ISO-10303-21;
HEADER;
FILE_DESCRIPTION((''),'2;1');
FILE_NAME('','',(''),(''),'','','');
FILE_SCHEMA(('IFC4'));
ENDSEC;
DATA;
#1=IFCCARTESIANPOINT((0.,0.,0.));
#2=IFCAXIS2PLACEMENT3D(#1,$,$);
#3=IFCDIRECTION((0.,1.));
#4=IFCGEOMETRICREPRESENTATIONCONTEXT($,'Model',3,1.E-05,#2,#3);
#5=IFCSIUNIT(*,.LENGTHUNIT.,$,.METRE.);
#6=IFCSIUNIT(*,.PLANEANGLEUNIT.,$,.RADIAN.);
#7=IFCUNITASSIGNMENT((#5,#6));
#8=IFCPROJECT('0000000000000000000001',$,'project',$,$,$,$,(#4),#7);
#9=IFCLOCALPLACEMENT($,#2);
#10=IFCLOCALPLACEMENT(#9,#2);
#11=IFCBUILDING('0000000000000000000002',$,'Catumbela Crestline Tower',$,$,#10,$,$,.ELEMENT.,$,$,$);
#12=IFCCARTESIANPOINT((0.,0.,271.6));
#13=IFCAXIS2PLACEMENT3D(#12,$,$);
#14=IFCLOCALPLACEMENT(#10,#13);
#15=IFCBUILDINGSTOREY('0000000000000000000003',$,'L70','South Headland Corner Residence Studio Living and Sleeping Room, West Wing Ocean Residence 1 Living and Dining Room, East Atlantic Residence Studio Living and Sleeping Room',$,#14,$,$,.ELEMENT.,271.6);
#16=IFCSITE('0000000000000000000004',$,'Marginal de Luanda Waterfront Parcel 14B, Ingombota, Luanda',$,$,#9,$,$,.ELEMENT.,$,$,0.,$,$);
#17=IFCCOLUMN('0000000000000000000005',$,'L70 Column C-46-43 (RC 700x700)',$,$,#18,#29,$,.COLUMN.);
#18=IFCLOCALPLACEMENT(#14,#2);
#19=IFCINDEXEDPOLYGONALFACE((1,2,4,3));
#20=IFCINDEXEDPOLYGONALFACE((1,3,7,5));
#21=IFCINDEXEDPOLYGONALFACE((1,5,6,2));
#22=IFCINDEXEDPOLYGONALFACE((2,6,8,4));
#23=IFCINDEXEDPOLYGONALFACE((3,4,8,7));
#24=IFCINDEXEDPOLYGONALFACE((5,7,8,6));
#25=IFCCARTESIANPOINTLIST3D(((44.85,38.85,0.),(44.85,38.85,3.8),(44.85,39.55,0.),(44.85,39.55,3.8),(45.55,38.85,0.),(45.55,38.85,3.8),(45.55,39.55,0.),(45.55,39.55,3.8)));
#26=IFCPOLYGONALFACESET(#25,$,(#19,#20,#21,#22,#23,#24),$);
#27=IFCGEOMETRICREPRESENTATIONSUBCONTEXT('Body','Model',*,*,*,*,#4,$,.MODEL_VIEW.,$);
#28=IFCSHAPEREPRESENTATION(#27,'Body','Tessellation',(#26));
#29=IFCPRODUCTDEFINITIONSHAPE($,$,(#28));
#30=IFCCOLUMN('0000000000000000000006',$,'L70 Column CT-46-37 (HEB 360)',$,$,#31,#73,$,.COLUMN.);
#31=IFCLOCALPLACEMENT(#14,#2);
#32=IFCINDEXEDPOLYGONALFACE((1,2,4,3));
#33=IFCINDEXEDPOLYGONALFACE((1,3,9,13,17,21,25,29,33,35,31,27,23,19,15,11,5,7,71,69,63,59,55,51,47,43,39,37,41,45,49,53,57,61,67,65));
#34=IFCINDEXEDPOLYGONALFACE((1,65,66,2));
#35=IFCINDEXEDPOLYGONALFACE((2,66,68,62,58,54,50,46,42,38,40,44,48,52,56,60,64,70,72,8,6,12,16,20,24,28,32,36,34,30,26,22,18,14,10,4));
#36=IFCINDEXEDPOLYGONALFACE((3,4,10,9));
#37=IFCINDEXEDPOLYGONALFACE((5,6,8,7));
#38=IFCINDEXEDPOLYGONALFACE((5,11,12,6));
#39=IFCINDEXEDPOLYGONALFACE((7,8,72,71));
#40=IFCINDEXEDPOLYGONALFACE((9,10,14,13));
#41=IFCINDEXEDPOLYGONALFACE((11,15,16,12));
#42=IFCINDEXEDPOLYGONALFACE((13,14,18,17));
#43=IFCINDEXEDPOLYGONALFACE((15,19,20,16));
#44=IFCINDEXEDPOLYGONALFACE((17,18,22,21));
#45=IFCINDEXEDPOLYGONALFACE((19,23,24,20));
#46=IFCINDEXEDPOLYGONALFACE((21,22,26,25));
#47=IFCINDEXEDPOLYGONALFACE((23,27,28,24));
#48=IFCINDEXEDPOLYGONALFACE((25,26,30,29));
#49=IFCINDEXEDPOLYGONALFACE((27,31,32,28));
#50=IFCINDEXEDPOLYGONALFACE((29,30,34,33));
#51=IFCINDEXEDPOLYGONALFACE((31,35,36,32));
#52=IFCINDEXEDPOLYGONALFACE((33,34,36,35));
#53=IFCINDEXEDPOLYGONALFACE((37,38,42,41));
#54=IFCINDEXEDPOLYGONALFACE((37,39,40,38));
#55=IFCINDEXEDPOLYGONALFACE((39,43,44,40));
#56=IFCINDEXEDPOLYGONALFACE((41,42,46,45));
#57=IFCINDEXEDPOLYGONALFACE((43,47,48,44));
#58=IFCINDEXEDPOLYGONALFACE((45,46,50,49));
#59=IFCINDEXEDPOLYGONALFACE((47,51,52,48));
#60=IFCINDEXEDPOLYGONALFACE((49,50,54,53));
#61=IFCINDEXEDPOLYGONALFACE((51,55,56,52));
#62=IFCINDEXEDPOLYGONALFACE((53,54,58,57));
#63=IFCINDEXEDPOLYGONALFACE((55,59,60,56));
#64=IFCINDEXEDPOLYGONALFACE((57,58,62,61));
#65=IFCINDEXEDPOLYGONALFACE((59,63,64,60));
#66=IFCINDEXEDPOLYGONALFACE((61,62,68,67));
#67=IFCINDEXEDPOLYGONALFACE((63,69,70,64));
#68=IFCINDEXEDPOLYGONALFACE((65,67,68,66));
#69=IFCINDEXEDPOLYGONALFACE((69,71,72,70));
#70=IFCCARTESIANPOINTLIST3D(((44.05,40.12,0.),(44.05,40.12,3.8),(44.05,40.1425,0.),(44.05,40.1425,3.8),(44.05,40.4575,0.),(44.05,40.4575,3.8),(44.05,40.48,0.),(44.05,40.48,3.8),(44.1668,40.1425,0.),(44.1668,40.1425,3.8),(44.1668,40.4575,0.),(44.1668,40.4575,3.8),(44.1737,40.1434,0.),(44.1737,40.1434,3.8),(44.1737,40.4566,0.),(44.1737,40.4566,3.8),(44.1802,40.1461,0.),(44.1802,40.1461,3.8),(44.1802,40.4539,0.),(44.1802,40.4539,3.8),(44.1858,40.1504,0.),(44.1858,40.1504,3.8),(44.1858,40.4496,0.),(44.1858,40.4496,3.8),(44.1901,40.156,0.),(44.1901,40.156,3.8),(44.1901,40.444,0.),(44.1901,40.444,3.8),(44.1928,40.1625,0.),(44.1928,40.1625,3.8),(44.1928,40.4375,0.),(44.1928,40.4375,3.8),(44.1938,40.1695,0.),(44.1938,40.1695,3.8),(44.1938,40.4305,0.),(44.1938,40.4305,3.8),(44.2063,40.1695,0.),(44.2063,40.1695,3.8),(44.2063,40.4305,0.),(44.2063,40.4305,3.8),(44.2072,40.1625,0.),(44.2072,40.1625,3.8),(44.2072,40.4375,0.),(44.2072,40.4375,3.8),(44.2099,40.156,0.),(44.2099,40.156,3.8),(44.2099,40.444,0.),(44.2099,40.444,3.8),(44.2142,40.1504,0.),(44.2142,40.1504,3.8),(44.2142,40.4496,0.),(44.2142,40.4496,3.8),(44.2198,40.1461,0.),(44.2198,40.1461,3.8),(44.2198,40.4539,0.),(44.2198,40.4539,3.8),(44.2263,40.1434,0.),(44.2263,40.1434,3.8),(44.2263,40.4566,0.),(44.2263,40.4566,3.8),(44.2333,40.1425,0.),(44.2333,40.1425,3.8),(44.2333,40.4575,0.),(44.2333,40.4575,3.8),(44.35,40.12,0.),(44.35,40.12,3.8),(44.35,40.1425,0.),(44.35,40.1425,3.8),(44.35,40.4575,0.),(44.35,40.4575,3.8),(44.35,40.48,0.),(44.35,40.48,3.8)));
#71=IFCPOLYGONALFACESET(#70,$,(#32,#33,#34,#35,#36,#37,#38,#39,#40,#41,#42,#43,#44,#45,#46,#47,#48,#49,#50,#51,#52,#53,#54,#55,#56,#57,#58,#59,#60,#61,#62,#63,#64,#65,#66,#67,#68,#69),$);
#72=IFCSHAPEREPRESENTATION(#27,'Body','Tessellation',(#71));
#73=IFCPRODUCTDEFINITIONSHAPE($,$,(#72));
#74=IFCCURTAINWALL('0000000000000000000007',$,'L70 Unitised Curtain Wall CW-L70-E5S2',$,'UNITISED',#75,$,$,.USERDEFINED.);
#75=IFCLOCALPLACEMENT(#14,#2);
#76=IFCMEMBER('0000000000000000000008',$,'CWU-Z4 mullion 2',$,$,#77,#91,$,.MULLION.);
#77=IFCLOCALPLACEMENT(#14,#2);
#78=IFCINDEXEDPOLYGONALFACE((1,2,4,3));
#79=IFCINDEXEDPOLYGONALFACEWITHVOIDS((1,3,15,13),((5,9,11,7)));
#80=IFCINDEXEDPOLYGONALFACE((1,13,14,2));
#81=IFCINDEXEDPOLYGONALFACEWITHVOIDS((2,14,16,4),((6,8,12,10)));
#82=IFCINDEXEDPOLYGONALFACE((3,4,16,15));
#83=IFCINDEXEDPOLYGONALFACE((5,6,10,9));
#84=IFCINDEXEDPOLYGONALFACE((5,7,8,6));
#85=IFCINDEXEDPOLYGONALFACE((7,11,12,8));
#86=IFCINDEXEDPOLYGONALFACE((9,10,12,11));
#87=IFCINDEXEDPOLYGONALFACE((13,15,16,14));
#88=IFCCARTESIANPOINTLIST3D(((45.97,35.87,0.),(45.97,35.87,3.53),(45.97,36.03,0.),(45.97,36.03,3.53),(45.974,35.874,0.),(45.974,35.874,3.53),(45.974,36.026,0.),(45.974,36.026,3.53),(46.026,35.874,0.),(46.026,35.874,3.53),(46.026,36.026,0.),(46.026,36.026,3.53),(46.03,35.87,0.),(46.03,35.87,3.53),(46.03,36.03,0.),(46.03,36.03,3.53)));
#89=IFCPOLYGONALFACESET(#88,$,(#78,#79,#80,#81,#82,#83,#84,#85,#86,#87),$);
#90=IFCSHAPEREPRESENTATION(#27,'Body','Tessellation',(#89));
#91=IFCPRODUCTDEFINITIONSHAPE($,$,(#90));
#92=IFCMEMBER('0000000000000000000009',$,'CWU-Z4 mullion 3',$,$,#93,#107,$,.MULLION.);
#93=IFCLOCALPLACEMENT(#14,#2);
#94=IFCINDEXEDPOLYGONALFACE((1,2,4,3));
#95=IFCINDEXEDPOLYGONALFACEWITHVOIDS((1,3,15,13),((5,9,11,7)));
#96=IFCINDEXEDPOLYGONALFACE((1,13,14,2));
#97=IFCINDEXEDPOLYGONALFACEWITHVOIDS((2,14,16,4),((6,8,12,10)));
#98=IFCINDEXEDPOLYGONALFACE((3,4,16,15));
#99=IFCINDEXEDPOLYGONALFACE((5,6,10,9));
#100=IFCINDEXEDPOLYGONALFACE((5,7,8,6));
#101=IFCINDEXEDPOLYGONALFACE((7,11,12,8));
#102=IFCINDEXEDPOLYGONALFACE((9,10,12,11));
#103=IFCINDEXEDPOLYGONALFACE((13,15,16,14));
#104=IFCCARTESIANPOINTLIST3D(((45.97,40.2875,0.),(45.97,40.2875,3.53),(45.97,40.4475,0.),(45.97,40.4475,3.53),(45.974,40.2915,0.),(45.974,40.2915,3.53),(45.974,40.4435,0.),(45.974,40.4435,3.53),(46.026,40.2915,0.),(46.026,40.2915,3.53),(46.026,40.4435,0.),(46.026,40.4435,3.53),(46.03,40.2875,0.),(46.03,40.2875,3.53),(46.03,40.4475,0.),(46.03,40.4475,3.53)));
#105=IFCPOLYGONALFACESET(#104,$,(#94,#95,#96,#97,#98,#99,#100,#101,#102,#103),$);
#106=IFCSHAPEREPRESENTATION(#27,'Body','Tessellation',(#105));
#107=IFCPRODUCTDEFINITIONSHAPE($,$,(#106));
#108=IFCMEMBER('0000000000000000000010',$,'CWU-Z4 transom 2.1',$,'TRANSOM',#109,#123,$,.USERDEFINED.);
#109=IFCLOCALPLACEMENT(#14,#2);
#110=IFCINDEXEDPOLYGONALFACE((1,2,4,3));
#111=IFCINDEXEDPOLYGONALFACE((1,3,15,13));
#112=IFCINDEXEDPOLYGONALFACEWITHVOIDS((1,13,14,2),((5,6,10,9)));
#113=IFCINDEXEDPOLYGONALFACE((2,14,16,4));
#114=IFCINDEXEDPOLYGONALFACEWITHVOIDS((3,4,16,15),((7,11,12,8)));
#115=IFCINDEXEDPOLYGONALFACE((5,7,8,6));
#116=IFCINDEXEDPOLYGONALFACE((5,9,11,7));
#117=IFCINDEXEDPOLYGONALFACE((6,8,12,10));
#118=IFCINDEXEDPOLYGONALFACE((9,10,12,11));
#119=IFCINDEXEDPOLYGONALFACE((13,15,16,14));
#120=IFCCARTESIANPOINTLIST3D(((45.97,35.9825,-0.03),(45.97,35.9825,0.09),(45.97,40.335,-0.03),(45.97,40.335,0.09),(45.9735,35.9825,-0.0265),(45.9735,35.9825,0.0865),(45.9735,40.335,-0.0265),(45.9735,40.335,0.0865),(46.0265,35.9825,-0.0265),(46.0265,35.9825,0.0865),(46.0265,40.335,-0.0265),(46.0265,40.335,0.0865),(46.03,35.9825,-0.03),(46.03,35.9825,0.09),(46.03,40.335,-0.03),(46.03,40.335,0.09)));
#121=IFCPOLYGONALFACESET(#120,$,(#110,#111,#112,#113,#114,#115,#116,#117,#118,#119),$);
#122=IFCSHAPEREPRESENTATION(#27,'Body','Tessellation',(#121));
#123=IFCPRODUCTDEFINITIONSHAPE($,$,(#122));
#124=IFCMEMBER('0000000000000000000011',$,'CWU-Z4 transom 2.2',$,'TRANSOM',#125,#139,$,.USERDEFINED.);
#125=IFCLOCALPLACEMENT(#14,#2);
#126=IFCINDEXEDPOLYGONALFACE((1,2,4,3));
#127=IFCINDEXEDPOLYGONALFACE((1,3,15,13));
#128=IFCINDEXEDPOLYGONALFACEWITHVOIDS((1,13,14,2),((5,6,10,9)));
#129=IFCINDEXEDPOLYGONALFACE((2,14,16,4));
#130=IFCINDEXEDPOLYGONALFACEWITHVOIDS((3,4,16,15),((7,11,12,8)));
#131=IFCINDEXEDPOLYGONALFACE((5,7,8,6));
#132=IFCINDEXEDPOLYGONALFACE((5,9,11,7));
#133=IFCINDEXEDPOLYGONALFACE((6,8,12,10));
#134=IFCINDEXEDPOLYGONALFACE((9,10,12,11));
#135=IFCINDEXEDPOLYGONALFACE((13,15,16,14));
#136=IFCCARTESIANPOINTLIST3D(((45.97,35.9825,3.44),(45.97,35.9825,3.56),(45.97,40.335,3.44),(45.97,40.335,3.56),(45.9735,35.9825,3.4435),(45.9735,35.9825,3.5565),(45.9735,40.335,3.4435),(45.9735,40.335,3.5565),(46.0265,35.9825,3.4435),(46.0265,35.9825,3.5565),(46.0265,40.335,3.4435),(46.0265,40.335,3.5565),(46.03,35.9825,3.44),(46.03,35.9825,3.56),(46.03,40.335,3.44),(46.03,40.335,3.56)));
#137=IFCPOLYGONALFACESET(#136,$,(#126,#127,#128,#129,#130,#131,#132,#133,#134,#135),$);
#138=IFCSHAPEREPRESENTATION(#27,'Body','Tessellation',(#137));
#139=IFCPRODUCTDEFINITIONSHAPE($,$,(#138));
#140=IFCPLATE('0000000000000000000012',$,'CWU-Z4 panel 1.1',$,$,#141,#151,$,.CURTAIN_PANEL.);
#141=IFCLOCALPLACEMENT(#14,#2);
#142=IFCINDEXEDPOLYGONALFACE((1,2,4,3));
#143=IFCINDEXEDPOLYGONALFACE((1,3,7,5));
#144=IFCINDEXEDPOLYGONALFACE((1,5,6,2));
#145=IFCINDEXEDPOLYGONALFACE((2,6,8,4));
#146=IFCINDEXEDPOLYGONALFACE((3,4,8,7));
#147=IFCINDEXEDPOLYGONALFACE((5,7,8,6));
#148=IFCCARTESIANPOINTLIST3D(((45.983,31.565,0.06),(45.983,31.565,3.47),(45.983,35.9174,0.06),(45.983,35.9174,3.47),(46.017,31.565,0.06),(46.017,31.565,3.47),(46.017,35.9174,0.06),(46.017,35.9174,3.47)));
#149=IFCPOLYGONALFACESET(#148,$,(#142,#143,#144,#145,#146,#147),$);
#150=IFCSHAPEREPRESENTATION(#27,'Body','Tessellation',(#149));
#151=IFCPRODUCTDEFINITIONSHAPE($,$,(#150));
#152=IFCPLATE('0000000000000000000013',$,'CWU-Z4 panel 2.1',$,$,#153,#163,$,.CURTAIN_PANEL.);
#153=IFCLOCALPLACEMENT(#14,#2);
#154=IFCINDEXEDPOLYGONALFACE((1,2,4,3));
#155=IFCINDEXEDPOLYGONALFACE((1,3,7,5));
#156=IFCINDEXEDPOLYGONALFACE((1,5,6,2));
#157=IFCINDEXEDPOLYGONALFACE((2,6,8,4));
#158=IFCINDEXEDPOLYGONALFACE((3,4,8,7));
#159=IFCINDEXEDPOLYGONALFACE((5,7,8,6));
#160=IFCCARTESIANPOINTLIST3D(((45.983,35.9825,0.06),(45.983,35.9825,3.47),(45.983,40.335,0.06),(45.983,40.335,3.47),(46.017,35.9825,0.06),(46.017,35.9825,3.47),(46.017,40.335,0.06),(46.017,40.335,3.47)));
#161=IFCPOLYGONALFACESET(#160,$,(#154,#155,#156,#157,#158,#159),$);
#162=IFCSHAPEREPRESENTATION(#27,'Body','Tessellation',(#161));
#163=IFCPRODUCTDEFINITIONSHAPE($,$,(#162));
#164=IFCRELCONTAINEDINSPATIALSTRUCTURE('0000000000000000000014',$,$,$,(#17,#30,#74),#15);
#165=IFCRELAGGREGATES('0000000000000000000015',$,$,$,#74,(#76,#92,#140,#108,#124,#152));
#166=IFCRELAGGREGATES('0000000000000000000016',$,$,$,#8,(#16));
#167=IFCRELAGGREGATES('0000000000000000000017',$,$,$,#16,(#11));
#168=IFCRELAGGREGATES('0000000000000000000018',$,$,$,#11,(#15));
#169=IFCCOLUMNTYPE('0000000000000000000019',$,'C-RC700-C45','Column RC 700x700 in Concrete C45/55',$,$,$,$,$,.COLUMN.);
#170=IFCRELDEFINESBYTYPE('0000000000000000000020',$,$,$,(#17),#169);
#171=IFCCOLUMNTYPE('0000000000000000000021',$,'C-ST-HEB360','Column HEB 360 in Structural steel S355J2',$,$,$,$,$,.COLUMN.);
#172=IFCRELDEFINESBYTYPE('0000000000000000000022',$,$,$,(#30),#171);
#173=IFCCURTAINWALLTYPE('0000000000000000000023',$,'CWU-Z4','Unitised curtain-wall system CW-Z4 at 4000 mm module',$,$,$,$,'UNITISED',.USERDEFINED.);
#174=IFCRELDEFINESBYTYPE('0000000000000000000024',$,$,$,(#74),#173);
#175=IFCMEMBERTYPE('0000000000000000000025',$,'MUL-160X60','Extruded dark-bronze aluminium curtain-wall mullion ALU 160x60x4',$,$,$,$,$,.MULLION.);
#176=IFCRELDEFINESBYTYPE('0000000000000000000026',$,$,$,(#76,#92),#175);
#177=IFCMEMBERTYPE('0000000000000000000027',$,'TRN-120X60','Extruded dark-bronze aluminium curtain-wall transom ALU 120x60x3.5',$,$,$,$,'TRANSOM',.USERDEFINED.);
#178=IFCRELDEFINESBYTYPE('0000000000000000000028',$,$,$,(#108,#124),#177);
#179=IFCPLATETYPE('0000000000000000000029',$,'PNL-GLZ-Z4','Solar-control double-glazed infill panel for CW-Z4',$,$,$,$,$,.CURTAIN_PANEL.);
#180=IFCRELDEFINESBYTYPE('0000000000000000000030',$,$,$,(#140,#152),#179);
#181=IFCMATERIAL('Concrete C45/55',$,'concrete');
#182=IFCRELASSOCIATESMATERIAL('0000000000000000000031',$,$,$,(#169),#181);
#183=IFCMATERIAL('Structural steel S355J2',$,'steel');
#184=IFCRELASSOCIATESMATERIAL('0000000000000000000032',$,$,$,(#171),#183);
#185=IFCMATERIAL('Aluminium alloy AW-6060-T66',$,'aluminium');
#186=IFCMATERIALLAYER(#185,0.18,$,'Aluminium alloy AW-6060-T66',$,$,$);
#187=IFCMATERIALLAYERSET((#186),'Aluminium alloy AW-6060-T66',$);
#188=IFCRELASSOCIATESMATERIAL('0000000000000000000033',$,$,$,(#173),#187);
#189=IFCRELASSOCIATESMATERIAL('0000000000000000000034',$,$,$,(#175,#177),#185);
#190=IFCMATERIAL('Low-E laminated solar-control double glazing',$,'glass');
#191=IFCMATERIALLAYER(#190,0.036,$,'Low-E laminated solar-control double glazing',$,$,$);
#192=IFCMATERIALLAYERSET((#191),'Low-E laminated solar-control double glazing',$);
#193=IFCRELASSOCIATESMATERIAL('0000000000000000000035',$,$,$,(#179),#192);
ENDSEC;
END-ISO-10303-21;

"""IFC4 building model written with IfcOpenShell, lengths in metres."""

from ifc_helpers import new_model, si_unit, direction, frame, origin, origin_2d, place, context, subcontext, project, spatial, rectangle, hollow_rectangle, i_section, extrude, material, layer, layer_set, material_profile, profile_set, type_object, element, aggregate, save


model = new_model("IFC4")

# Units and contexts
model_context = context("Model", 3, precision=1e-05, world=origin(), true_north=direction((0.0, 1.0)))
body_context = subcontext(model_context, "Body", "Model", "MODEL_VIEW")
ifc_project = project(units=[si_unit("LENGTHUNIT", "METRE"), si_unit("PLANEANGLEUNIT", "RADIAN")], contexts=[model_context])

# Site, building, storey
site_placement = place(None, origin())
site = spatial("IfcSite", under=ifc_project, at=site_placement, Name="Marginal de Luanda Waterfront Parcel 14B, Ingombota, Luanda", CompositionType="ELEMENT", RefElevation=0.0)
building_placement = place(site_placement, origin())
building = spatial("IfcBuilding", under=site, at=building_placement, Name="Catumbela Crestline Tower", CompositionType="ELEMENT")
storey_placement = place(building_placement, frame((0.0, 0.0, 271.6)))
storey = spatial("IfcBuildingStorey", under=building, at=storey_placement, Name="L70", Description="South Headland Corner Residence Studio Living and Sleeping Room, West Wing Ocean Residence 1 Living and Dining Room, East Atlantic Residence Studio Living and Sleeping Room", CompositionType="ELEMENT", Elevation=271.6)

# Columns
ifc_material_1 = material(Name="Concrete C45/55", Category="concrete")
ifc_material_profile_1 = material_profile(ifc_material_1, rectangle(XDim=0.7, YDim=0.7, at=origin_2d()), Name="RC 700x700")
ifc_profile_set_1 = profile_set([ifc_material_profile_1], Name="Concrete C45/55")
column_type_1 = type_object("IfcColumnType", Name="C-RC700-C45", Description="Column RC 700x700 in Concrete C45/55", PredefinedType="COLUMN", material=ifc_profile_set_1)
column_1_placement = place(storey_placement, frame((45.2, 39.2, 0.0), z_axis=(0.0, 0.0, 1.0), x_axis=(1.0, 0.0, 0.0)))
element("IfcColumn", 1, at=column_1_placement, inside=storey, type_object=column_type_1, Name="L70 Column C-46-43 (RC 700x700)", PredefinedType="COLUMN", context=body_context, shape_type="SweptSolid", body=[
    extrude(rectangle(XDim=0.7, YDim=0.7, at=origin_2d()), origin(), (0.0, 0.0, 1.0), 3.8),
])
ifc_material_2 = material(Name="Structural steel S355J2", Category="steel")
ifc_material_profile_2 = material_profile(ifc_material_2, i_section(OverallWidth=0.3, OverallDepth=0.36, WebThickness=0.0125, FlangeThickness=0.0225, FilletRadius=0.027, at=origin_2d()), Name="HEB 360")
ifc_profile_set_2 = profile_set([ifc_material_profile_2], Name="Structural steel S355J2")
column_type_2 = type_object("IfcColumnType", Name="C-ST-HEB360", Description="Column HEB 360 in Structural steel S355J2", PredefinedType="COLUMN", material=ifc_profile_set_2)
column_2_placement = place(storey_placement, frame((44.2, 40.3, 0.0), z_axis=(0.0, 0.0, 1.0), x_axis=(1.0, 0.0, 0.0)))
element("IfcColumn", 2, at=column_2_placement, inside=storey, type_object=column_type_2, Name="L70 Column CT-46-37 (HEB 360)", PredefinedType="COLUMN", context=body_context, shape_type="SweptSolid", body=[
    extrude(i_section(OverallWidth=0.3, OverallDepth=0.36, WebThickness=0.0125, FlangeThickness=0.0225, FilletRadius=0.027, at=origin_2d()), origin(), (0.0, 0.0, 1.0), 3.8),
])

# Curtain wall, members, plates
ifc_material_3 = material(Name="Aluminium alloy AW-6060-T66", Category="aluminium")
ifc_layer_1 = layer(ifc_material_3, 0.18, Name="Aluminium alloy AW-6060-T66")
ifc_layer_set_1 = layer_set([ifc_layer_1], Name="Aluminium alloy AW-6060-T66")
curtain_wall_type = type_object("IfcCurtainWallType", Name="CWU-Z4", Description="Unitised curtain-wall system CW-Z4 at 4000 mm module", ElementType="UNITISED", PredefinedType="USERDEFINED", material=ifc_layer_set_1)
curtain_wall_placement = place(storey_placement, origin())
curtain_wall = element("IfcCurtainWall", 3, at=curtain_wall_placement, inside=storey, type_object=curtain_wall_type, Name="L70 Unitised Curtain Wall CW-L70-E5S2", ObjectType="UNITISED", PredefinedType="USERDEFINED")
ifc_material_profile_3 = material_profile(ifc_material_3, hollow_rectangle(XDim=0.06, YDim=0.16, WallThickness=0.004, at=origin_2d()), Name="ALU 160x60x4")
ifc_profile_set_3 = profile_set([ifc_material_profile_3], Name="Aluminium alloy AW-6060-T66")
member_type_1 = type_object("IfcMemberType", Name="MUL-160X60", Description="Extruded dark-bronze aluminium curtain-wall mullion ALU 160x60x4", PredefinedType="MULLION", material=ifc_profile_set_3)
member_1_placement = place(storey_placement, frame((46.0, 35.95, 0.0), z_axis=(0.0, 0.0, 1.0), x_axis=(-1.0, 0.0, 0.0)))
member_1 = element("IfcMember", 4, at=member_1_placement, type_object=member_type_1, Name="CWU-Z4 mullion 2", PredefinedType="MULLION", context=body_context, shape_type="SweptSolid", body=[
    extrude(hollow_rectangle(XDim=0.06, YDim=0.16, WallThickness=0.004, at=origin_2d()), origin(), (0.0, 0.0, 1.0), 3.53),
])
member_2_placement = place(storey_placement, frame((46.0, 40.3675, 0.0), z_axis=(0.0, 0.0, 1.0), x_axis=(-1.0, 0.0, 0.0)))
member_2 = element("IfcMember", 5, at=member_2_placement, type_object=member_type_1, Name="CWU-Z4 mullion 3", PredefinedType="MULLION", context=body_context, shape_type="SweptSolid", body=[
    extrude(hollow_rectangle(XDim=0.06, YDim=0.16, WallThickness=0.004, at=origin_2d()), origin(), (0.0, 0.0, 1.0), 3.53),
])
ifc_material_profile_4 = material_profile(ifc_material_3, hollow_rectangle(XDim=0.06, YDim=0.12, WallThickness=0.0035, at=origin_2d()), Name="ALU 120x60x3.5")
ifc_profile_set_4 = profile_set([ifc_material_profile_4], Name="Aluminium alloy AW-6060-T66")
member_type_2 = type_object("IfcMemberType", Name="TRN-120X60", Description="Extruded dark-bronze aluminium curtain-wall transom ALU 120x60x3.5", ElementType="TRANSOM", PredefinedType="USERDEFINED", material=ifc_profile_set_4)
member_3_placement = place(storey_placement, frame((46.0, 35.9825, 0.03), z_axis=(0.0, 1.0, 0.0), x_axis=(-1.0, 0.0, 0.0)))
member_3 = element("IfcMember", 6, at=member_3_placement, type_object=member_type_2, Name="CWU-Z4 transom 2.1", ObjectType="TRANSOM", PredefinedType="USERDEFINED", context=body_context, shape_type="SweptSolid", body=[
    extrude(hollow_rectangle(XDim=0.06, YDim=0.12, WallThickness=0.0035, at=origin_2d()), origin(), (0.0, 0.0, 1.0), 4.3525),
])
member_4_placement = place(storey_placement, frame((46.0, 35.9825, 3.5), z_axis=(0.0, 1.0, 0.0), x_axis=(-1.0, 0.0, 0.0)))
member_4 = element("IfcMember", 7, at=member_4_placement, type_object=member_type_2, Name="CWU-Z4 transom 2.2", ObjectType="TRANSOM", PredefinedType="USERDEFINED", context=body_context, shape_type="SweptSolid", body=[
    extrude(hollow_rectangle(XDim=0.06, YDim=0.12, WallThickness=0.0035, at=origin_2d()), origin(), (0.0, 0.0, 1.0), 4.3525),
])
ifc_material_4 = material(Name="Low-E laminated solar-control double glazing", Category="glass")
ifc_layer_2 = layer(ifc_material_4, 0.036, Name="Low-E laminated solar-control double glazing")
ifc_layer_set_2 = layer_set([ifc_layer_2], Name="Low-E laminated solar-control double glazing")
plate_type = type_object("IfcPlateType", Name="PNL-GLZ-Z4", Description="Solar-control double-glazed infill panel for CW-Z4", PredefinedType="CURTAIN_PANEL", material=ifc_layer_set_2)
plate_1_placement = place(storey_placement, frame((46.0, 33.7412, 0.06), z_axis=(0.0, 0.0, 1.0), x_axis=(0.0, 1.0, 0.0)))
plate_1 = element("IfcPlate", 8, at=plate_1_placement, type_object=plate_type, Name="CWU-Z4 panel 1.1", PredefinedType="CURTAIN_PANEL", context=body_context, shape_type="SweptSolid", body=[
    extrude(rectangle(XDim=4.3525, YDim=0.034, at=origin_2d()), origin(), (0.0, 0.0, 1.0), 3.41),
])
plate_2_placement = place(storey_placement, frame((46.0, 38.1588, 0.06), z_axis=(0.0, 0.0, 1.0), x_axis=(0.0, 1.0, 0.0)))
plate_2 = element("IfcPlate", 9, at=plate_2_placement, type_object=plate_type, Name="CWU-Z4 panel 2.1", PredefinedType="CURTAIN_PANEL", context=body_context, shape_type="SweptSolid", body=[
    extrude(rectangle(XDim=4.3525, YDim=0.034, at=origin_2d()), origin(), (0.0, 0.0, 1.0), 3.41),
])
aggregate(curtain_wall, [member_1, member_2, plate_1, member_3, member_4, plate_2])

save(model, "model.ifc")
